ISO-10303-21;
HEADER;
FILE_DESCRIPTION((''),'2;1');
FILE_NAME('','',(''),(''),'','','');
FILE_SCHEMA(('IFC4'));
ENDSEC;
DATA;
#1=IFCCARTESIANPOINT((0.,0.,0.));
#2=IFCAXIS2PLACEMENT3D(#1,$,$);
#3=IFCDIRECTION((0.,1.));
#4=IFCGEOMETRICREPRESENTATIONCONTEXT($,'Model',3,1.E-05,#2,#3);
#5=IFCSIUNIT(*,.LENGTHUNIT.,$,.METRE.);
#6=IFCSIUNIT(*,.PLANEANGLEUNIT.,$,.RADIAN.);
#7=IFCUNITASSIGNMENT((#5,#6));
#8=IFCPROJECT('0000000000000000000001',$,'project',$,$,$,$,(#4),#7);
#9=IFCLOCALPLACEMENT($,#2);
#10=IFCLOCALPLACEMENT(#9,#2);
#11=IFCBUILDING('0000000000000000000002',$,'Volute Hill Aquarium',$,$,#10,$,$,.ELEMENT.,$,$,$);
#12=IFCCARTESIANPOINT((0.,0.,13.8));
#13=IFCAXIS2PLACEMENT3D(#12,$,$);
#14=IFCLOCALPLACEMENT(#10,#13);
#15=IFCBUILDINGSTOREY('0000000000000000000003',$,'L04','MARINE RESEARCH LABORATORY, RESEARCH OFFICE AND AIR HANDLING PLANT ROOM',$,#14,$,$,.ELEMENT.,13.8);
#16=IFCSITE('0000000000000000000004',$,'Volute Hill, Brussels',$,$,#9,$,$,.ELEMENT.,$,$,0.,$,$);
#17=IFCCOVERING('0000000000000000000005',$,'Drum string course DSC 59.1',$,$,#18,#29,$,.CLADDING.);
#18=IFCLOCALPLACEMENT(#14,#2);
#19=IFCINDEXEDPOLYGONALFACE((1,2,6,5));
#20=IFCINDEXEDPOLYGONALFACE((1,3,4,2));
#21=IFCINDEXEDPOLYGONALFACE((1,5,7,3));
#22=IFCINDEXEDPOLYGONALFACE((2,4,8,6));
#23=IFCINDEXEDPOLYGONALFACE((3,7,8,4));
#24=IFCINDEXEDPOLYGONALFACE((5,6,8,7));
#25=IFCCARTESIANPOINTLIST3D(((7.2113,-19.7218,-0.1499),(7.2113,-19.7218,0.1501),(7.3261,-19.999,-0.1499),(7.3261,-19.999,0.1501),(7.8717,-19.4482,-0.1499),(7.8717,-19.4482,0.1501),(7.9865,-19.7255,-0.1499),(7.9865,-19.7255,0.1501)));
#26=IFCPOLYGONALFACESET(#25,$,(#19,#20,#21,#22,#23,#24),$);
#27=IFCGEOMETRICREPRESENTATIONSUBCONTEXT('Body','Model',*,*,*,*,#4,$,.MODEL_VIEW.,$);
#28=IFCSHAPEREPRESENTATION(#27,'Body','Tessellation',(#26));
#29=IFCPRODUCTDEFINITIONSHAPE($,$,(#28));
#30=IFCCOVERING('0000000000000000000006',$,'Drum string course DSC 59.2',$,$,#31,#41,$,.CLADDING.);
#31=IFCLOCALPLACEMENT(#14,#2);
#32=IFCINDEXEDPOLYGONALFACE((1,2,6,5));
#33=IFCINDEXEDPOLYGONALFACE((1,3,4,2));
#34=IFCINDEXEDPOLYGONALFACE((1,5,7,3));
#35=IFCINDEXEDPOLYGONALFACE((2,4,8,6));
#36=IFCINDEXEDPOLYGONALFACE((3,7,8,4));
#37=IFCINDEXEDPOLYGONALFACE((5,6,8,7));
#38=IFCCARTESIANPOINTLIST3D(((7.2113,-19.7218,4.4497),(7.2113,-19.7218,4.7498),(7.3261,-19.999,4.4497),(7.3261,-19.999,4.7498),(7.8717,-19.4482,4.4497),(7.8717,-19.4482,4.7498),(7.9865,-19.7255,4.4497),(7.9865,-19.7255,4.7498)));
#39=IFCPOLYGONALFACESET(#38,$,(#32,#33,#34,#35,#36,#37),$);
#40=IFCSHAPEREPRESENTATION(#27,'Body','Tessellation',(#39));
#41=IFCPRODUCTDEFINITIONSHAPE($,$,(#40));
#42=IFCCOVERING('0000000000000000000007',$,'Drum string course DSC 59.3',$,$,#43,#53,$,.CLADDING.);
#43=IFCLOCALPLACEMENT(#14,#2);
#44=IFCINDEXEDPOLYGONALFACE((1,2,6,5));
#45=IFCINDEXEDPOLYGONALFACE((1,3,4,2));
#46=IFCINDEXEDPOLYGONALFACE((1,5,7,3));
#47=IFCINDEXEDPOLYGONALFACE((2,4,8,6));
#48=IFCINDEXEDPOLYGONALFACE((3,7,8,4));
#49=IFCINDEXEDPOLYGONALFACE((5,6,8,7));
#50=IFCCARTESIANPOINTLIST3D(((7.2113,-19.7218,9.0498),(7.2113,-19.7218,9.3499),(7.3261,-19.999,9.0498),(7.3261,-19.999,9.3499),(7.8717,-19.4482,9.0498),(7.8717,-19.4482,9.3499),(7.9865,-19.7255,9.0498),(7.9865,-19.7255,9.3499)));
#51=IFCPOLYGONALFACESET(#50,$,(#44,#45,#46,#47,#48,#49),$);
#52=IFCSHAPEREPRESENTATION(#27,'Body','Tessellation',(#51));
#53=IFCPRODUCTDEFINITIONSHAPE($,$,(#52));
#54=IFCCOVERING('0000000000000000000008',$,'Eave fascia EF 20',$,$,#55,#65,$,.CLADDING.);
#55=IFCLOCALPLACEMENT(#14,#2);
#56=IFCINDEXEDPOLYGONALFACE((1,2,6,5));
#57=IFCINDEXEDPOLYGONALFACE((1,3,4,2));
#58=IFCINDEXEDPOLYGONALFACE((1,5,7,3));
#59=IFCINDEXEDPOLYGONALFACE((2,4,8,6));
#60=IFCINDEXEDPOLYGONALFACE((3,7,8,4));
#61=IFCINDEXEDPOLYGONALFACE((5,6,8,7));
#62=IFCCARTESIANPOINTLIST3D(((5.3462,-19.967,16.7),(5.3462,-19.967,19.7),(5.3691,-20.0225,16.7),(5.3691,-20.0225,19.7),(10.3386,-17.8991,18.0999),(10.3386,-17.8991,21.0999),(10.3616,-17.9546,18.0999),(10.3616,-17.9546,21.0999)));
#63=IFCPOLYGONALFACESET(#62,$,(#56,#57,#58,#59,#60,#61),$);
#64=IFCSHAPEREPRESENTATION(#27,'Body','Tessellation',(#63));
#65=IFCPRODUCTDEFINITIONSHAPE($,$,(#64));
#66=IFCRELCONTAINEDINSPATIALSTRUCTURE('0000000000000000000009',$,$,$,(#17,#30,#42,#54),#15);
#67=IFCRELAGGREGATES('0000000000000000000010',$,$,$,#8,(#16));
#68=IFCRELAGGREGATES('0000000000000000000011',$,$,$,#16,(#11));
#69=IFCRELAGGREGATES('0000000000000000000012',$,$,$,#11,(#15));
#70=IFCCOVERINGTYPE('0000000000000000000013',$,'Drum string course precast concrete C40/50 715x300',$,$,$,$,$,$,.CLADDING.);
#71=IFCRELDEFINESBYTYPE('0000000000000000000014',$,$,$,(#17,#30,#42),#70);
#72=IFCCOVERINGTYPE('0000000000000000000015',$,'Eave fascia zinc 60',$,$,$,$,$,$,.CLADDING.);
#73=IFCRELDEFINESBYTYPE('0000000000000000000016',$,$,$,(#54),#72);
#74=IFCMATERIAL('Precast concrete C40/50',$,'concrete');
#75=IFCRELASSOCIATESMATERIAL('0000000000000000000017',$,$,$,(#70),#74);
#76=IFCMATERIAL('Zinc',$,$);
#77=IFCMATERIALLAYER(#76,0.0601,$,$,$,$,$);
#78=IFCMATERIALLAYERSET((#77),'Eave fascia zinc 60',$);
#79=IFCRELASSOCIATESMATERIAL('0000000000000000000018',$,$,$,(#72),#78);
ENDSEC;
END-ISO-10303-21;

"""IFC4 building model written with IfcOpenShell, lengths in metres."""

from ifc_helpers import new_model, si_unit, direction, frame, origin, origin_2d, place, context, subcontext, project, spatial, polyline, rectangle, outline, extrude, material, layer, layer_set, type_object, element, save


model = new_model("IFC4")

# Units and contexts
model_context = context("Model", 3, precision=1e-05, world=origin(), true_north=direction((0.0, 1.0)))
body_context = subcontext(model_context, "Body", "Model", "MODEL_VIEW")
ifc_project = project(units=[si_unit("LENGTHUNIT", "METRE"), si_unit("PLANEANGLEUNIT", "RADIAN")], contexts=[model_context])

# Site, building, storey
site_placement = place(None, origin())
site = spatial("IfcSite", under=ifc_project, at=site_placement, Name="Volute Hill, Brussels", CompositionType="ELEMENT", RefElevation=0.0)
building_placement = place(site_placement, origin())
building = spatial("IfcBuilding", under=site, at=building_placement, Name="Volute Hill Aquarium", CompositionType="ELEMENT")
storey_placement = place(building_placement, frame((0.0, 0.0, 13.8)))
storey = spatial("IfcBuildingStorey", under=building, at=storey_placement, Name="L04", Description="MARINE RESEARCH LABORATORY, RESEARCH OFFICE AND AIR HANDLING PLANT ROOM", CompositionType="ELEMENT", Elevation=13.8)

# Coverings
ifc_material_1 = material(Name="Precast concrete C40/50", Category="concrete")
covering_type_1 = type_object("IfcCoveringType", Name="Drum string course precast concrete C40/50 715x300", PredefinedType="CLADDING", material=ifc_material_1)
for number, where, z_axis, x_axis, name in (
    (1, (7.5989, -19.7236, -0.1499), (0.0, 0.0, 1.0), (0.92388, 0.382683, 0.0), "Drum string course DSC 59.1"),
    (2, (7.5989, -19.7236, 4.4497), (0.0, 0.0, 1.0), (0.92388, 0.382683, 0.0), "Drum string course DSC 59.2"),
    (3, (7.5989, -19.7236, 9.0498), (0.0, 0.0, 1.0), (0.92388, 0.382683, 0.0), "Drum string course DSC 59.3"),
):
    element("IfcCovering", number, at=place(storey_placement, frame(where, z_axis=z_axis, x_axis=x_axis)), inside=storey, type_object=covering_type_1, Name=name, PredefinedType="CLADDING", context=body_context, shape_type="SweptSolid", body=[
        extrude(rectangle(XDim=0.7148, YDim=0.3, at=origin_2d()), origin(), (0.0, 0.0, 1.0), 0.3),
    ])
ifc_material_2 = material(Name="Zinc")
ifc_layer_1 = layer(ifc_material_2, 0.0601)
ifc_layer_set_1 = layer_set([ifc_layer_1], Name="Eave fascia zinc 60")
covering_type_2 = type_object("IfcCoveringType", Name="Eave fascia zinc 60", PredefinedType="CLADDING", material=ifc_layer_set_1)
covering_1_placement = place(storey_placement, frame((5.3691, -20.0225, 16.7), z_axis=(0.382674, -0.923884, 0.0), x_axis=(0.894359, 0.370445, 0.250783)))
element("IfcCovering", 4, at=covering_1_placement, inside=storey, type_object=covering_type_2, Name="Eave fascia EF 20", PredefinedType="CLADDING", context=body_context, shape_type="SweptSolid", body=[
    extrude(outline(polyline([(0.0, 0.0), (5.5821, 0.0), (6.3345, 2.9041), (0.7523, 2.9041), (0.0, 0.0)])), origin(), (0.0, 0.0, -1.0), 0.0601),
])

save(model, "model.ifc")
